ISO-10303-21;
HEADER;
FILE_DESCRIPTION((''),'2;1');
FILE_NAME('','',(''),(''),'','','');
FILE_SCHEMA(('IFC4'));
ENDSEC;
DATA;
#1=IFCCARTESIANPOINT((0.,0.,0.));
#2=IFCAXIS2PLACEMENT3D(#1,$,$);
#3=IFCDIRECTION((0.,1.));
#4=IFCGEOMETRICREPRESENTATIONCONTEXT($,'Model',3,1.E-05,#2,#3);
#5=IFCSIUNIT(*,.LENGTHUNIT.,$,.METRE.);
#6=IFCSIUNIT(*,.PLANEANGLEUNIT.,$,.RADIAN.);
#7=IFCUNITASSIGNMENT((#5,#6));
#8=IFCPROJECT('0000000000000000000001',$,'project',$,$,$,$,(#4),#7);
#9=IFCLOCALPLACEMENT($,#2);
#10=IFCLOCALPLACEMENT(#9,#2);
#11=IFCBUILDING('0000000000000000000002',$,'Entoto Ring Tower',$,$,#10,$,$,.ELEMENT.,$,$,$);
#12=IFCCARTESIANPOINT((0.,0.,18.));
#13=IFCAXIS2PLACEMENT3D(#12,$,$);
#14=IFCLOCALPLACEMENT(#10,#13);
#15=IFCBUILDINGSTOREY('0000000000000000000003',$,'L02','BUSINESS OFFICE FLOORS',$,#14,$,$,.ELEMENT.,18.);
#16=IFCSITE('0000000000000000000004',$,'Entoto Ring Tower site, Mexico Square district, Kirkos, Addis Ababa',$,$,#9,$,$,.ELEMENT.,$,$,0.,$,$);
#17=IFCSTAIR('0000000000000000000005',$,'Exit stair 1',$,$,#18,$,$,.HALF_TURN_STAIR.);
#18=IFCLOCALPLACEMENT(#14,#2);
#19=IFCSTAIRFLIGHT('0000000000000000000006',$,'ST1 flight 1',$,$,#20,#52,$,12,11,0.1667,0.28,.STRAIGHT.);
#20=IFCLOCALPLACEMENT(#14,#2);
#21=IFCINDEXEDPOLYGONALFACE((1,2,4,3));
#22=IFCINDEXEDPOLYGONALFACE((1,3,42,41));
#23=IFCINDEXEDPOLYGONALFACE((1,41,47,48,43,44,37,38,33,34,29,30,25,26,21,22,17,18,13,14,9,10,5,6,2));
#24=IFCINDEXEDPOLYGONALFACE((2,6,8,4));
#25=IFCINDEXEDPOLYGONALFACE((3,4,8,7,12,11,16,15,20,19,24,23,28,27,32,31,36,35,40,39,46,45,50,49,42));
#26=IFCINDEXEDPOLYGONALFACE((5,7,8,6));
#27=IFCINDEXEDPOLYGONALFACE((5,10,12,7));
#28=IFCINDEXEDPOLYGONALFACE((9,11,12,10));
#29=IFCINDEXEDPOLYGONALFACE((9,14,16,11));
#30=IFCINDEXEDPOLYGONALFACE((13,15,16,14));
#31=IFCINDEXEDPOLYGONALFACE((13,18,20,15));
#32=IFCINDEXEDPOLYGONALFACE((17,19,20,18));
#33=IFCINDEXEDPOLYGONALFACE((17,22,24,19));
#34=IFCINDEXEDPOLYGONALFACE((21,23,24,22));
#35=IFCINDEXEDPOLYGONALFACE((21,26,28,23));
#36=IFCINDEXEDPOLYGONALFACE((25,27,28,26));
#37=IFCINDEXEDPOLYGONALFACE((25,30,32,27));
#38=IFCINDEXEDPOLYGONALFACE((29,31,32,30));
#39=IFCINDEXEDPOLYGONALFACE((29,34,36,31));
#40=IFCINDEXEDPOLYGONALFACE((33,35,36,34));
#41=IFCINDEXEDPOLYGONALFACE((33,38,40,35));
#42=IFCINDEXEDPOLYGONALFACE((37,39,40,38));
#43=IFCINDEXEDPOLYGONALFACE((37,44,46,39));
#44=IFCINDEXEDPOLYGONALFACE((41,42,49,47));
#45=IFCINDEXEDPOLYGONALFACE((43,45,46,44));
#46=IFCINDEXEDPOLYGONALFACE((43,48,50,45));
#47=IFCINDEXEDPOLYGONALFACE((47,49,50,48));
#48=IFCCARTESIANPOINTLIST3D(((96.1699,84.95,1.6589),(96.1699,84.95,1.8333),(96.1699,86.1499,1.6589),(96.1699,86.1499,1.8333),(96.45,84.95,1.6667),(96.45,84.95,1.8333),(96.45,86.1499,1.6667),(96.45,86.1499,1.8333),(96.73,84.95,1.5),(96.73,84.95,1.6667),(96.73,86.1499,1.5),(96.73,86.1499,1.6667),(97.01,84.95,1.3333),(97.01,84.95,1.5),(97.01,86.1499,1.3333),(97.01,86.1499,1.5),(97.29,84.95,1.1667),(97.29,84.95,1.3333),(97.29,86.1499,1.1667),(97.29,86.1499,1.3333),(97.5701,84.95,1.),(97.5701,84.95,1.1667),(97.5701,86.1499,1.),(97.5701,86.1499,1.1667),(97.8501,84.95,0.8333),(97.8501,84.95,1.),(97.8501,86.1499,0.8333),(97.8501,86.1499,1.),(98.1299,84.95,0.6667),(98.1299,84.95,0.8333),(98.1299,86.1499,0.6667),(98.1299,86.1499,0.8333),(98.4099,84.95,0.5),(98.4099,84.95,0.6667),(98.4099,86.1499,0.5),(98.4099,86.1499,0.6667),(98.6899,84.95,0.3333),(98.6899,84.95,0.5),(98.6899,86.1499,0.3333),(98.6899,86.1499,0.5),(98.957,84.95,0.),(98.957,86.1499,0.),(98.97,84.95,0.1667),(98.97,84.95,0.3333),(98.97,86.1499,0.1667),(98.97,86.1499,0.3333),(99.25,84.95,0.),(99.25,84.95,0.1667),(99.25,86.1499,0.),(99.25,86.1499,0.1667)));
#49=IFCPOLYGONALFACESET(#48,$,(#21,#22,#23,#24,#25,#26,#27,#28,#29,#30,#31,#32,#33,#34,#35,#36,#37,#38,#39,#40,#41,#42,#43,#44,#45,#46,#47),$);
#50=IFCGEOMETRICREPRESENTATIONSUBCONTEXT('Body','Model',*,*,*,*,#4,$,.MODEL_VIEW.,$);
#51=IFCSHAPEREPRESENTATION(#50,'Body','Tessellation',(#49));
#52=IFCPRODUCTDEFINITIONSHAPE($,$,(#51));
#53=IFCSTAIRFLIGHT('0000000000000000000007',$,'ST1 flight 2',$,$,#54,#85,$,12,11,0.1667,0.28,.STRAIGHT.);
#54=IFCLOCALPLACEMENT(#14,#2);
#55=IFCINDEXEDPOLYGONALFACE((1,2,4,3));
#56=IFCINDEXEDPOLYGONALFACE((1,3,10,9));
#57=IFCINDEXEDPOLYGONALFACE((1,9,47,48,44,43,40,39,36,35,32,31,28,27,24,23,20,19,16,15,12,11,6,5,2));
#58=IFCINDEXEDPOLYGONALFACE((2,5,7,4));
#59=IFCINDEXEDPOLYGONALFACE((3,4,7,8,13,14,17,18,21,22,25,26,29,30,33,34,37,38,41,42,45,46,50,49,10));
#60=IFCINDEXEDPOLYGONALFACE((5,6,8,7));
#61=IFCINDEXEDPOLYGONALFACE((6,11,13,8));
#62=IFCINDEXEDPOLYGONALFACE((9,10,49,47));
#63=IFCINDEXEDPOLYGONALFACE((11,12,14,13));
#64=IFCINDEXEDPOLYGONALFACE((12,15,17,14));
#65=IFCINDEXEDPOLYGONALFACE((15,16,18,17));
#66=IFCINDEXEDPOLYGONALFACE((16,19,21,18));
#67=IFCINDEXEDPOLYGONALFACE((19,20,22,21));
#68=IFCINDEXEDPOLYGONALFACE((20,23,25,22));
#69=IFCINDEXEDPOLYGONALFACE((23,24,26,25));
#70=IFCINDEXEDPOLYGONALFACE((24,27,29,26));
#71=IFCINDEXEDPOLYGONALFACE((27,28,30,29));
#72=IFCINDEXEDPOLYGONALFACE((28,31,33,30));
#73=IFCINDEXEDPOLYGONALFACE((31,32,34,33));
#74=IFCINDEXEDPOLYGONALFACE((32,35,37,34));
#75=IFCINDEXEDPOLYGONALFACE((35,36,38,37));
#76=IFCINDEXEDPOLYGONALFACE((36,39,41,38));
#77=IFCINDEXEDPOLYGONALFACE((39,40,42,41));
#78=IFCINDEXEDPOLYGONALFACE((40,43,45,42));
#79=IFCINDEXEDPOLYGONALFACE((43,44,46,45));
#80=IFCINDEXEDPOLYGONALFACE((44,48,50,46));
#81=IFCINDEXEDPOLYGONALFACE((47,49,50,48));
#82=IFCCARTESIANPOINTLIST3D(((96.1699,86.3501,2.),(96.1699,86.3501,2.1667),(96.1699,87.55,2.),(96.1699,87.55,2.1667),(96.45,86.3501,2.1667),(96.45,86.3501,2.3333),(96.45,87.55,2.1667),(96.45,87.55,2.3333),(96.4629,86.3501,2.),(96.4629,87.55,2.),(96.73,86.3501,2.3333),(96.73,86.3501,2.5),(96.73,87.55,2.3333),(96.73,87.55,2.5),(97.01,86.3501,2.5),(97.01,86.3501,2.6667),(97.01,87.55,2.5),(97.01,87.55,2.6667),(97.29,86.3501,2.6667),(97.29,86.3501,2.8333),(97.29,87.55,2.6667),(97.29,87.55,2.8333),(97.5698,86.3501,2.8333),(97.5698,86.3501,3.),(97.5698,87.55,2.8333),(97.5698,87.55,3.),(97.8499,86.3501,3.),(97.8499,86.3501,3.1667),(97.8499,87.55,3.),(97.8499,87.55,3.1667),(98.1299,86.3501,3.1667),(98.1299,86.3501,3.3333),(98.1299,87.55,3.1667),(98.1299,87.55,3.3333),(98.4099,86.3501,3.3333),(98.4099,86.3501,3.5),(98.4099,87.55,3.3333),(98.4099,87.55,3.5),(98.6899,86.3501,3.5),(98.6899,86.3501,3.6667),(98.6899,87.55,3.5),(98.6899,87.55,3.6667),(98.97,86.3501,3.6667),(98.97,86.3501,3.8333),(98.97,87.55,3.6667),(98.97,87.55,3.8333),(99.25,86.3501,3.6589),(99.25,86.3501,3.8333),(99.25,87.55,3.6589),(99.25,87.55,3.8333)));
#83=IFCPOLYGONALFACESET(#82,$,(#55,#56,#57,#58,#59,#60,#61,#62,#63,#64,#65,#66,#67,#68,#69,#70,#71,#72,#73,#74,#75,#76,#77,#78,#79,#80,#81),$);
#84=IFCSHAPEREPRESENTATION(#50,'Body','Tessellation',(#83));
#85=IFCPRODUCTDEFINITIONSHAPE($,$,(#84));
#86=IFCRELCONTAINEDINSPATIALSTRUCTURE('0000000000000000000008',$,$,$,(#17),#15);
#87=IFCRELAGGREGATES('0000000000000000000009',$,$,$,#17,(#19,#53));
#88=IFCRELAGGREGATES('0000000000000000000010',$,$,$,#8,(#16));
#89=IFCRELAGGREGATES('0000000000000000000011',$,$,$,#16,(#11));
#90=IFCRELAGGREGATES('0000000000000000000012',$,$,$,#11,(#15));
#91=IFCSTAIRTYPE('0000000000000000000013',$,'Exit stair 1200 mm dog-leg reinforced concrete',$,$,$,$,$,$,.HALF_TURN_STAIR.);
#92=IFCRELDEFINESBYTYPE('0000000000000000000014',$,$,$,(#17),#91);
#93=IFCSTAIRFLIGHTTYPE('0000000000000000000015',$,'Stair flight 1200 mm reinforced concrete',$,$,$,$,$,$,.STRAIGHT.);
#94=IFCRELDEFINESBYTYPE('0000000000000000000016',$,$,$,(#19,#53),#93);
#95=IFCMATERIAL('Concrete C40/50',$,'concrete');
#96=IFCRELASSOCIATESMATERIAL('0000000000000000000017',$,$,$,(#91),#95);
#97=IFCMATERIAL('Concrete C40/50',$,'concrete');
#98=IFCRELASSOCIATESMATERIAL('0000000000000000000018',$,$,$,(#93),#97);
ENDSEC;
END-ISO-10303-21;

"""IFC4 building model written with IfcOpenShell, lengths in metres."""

from ifc_helpers import new_model, si_unit, direction, frame, origin, place, context, subcontext, project, spatial, polyline, outline, extrude, material, type_object, element, aggregate, save


model = new_model("IFC4")

# Units and contexts
model_context = context("Model", 3, precision=1e-05, world=origin(), true_north=direction((0.0, 1.0)))
body_context = subcontext(model_context, "Body", "Model", "MODEL_VIEW")
ifc_project = project(units=[si_unit("LENGTHUNIT", "METRE"), si_unit("PLANEANGLEUNIT", "RADIAN")], contexts=[model_context])

# Site, building, storey
site_placement = place(None, origin())
site = spatial("IfcSite", under=ifc_project, at=site_placement, Name="Entoto Ring Tower site, Mexico Square district, Kirkos, Addis Ababa", CompositionType="ELEMENT", RefElevation=0.0)
building_placement = place(site_placement, origin())
building = spatial("IfcBuilding", under=site, at=building_placement, Name="Entoto Ring Tower", CompositionType="ELEMENT")
storey_placement = place(building_placement, frame((0.0, 0.0, 18.0)))
storey = spatial("IfcBuildingStorey", under=building, at=storey_placement, Name="L02", Description="BUSINESS OFFICE FLOORS", CompositionType="ELEMENT", Elevation=18.0)

# Stair, stair flights
ifc_material_1 = material(Name="Concrete C40/50", Category="concrete")
stair_type = type_object("IfcStairType", Name="Exit stair 1200 mm dog-leg reinforced concrete", PredefinedType="HALF_TURN_STAIR", material=ifc_material_1)
stair_placement = place(storey_placement, origin())
stair = element("IfcStair", 1, at=stair_placement, inside=storey, type_object=stair_type, Name="Exit stair 1", PredefinedType="HALF_TURN_STAIR")
ifc_material_2 = material(Name="Concrete C40/50", Category="concrete")
stair_flight_type = type_object("IfcStairFlightType", Name="Stair flight 1200 mm reinforced concrete", PredefinedType="STRAIGHT", material=ifc_material_2)
stair_flight_1_placement = place(storey_placement, frame((99.25, 85.55, 0.0), z_axis=(0.0, 0.0, 1.0), x_axis=(-1.0, 0.0, 0.0)))
stair_flight_1 = element("IfcStairFlight", 2, at=stair_flight_1_placement, type_object=stair_flight_type, Name="ST1 flight 1", NumberOfRisers=12, NumberOfTreads=11, PredefinedType="STRAIGHT", RiserHeight=0.1667, TreadLength=0.28, context=body_context, shape_type="SweptSolid", body=[
    extrude(outline(polyline([(0.0, 0.0), (0.0, 0.1667), (0.28, 0.1667), (0.28, 0.3333), (0.5601, 0.3333), (0.5601, 0.5), (0.8401, 0.5), (0.8401, 0.6667), (1.1201, 0.6667), (1.1201, 0.8333), (1.3999, 0.8333), (1.3999, 1.0), (1.6799, 1.0), (1.6799, 1.1667), (1.96, 1.1667), (1.96, 1.3333), (2.24, 1.3333), (2.24, 1.5), (2.52, 1.5), (2.52, 1.6667), (2.8, 1.6667), (2.8, 1.8333), (3.0801, 1.8333), (3.0801, 2.0), (3.0801, 1.6589), (0.293, 0.0), (0.0, 0.0)])), frame((0.0, 0.6001, 0.0), z_axis=(0.0, -1.0, 0.0), x_axis=(1.0, 0.0, 0.0)), (0.0, 0.0, 1.0), 1.2),
])
stair_flight_2_placement = place(storey_placement, frame((96.1699, 86.95, 2.0), z_axis=(0.0, 0.0, 1.0), x_axis=(1.0, 0.0, 0.0)))
stair_flight_2 = element("IfcStairFlight", 3, at=stair_flight_2_placement, type_object=stair_flight_type, Name="ST1 flight 2", NumberOfRisers=12, NumberOfTreads=11, PredefinedType="STRAIGHT", RiserHeight=0.1667, TreadLength=0.28, context=body_context, shape_type="SweptSolid", body=[
    extrude(outline(polyline([(0.0, 0.0), (0.0, 0.1667), (0.28, 0.1667), (0.28, 0.3333), (0.5601, 0.3333), (0.5601, 0.5), (0.8401, 0.5), (0.8401, 0.6667), (1.1201, 0.6667), (1.1201, 0.8333), (1.3999, 0.8333), (1.3999, 1.0), (1.6799, 1.0), (1.6799, 1.1667), (1.96, 1.1667), (1.96, 1.3333), (2.24, 1.3333), (2.24, 1.5), (2.52, 1.5), (2.52, 1.6667), (2.8, 1.6667), (2.8, 1.8333), (3.0801, 1.8333), (3.0801, 2.0), (3.0801, 1.6589), (0.293, 0.0), (0.0, 0.0)])), frame((0.0, 0.6001, 0.0), z_axis=(0.0, -1.0, 0.0), x_axis=(1.0, 0.0, 0.0)), (0.0, 0.0, 1.0), 1.2),
])
aggregate(stair, [stair_flight_1, stair_flight_2])

save(model, "model.ifc")
